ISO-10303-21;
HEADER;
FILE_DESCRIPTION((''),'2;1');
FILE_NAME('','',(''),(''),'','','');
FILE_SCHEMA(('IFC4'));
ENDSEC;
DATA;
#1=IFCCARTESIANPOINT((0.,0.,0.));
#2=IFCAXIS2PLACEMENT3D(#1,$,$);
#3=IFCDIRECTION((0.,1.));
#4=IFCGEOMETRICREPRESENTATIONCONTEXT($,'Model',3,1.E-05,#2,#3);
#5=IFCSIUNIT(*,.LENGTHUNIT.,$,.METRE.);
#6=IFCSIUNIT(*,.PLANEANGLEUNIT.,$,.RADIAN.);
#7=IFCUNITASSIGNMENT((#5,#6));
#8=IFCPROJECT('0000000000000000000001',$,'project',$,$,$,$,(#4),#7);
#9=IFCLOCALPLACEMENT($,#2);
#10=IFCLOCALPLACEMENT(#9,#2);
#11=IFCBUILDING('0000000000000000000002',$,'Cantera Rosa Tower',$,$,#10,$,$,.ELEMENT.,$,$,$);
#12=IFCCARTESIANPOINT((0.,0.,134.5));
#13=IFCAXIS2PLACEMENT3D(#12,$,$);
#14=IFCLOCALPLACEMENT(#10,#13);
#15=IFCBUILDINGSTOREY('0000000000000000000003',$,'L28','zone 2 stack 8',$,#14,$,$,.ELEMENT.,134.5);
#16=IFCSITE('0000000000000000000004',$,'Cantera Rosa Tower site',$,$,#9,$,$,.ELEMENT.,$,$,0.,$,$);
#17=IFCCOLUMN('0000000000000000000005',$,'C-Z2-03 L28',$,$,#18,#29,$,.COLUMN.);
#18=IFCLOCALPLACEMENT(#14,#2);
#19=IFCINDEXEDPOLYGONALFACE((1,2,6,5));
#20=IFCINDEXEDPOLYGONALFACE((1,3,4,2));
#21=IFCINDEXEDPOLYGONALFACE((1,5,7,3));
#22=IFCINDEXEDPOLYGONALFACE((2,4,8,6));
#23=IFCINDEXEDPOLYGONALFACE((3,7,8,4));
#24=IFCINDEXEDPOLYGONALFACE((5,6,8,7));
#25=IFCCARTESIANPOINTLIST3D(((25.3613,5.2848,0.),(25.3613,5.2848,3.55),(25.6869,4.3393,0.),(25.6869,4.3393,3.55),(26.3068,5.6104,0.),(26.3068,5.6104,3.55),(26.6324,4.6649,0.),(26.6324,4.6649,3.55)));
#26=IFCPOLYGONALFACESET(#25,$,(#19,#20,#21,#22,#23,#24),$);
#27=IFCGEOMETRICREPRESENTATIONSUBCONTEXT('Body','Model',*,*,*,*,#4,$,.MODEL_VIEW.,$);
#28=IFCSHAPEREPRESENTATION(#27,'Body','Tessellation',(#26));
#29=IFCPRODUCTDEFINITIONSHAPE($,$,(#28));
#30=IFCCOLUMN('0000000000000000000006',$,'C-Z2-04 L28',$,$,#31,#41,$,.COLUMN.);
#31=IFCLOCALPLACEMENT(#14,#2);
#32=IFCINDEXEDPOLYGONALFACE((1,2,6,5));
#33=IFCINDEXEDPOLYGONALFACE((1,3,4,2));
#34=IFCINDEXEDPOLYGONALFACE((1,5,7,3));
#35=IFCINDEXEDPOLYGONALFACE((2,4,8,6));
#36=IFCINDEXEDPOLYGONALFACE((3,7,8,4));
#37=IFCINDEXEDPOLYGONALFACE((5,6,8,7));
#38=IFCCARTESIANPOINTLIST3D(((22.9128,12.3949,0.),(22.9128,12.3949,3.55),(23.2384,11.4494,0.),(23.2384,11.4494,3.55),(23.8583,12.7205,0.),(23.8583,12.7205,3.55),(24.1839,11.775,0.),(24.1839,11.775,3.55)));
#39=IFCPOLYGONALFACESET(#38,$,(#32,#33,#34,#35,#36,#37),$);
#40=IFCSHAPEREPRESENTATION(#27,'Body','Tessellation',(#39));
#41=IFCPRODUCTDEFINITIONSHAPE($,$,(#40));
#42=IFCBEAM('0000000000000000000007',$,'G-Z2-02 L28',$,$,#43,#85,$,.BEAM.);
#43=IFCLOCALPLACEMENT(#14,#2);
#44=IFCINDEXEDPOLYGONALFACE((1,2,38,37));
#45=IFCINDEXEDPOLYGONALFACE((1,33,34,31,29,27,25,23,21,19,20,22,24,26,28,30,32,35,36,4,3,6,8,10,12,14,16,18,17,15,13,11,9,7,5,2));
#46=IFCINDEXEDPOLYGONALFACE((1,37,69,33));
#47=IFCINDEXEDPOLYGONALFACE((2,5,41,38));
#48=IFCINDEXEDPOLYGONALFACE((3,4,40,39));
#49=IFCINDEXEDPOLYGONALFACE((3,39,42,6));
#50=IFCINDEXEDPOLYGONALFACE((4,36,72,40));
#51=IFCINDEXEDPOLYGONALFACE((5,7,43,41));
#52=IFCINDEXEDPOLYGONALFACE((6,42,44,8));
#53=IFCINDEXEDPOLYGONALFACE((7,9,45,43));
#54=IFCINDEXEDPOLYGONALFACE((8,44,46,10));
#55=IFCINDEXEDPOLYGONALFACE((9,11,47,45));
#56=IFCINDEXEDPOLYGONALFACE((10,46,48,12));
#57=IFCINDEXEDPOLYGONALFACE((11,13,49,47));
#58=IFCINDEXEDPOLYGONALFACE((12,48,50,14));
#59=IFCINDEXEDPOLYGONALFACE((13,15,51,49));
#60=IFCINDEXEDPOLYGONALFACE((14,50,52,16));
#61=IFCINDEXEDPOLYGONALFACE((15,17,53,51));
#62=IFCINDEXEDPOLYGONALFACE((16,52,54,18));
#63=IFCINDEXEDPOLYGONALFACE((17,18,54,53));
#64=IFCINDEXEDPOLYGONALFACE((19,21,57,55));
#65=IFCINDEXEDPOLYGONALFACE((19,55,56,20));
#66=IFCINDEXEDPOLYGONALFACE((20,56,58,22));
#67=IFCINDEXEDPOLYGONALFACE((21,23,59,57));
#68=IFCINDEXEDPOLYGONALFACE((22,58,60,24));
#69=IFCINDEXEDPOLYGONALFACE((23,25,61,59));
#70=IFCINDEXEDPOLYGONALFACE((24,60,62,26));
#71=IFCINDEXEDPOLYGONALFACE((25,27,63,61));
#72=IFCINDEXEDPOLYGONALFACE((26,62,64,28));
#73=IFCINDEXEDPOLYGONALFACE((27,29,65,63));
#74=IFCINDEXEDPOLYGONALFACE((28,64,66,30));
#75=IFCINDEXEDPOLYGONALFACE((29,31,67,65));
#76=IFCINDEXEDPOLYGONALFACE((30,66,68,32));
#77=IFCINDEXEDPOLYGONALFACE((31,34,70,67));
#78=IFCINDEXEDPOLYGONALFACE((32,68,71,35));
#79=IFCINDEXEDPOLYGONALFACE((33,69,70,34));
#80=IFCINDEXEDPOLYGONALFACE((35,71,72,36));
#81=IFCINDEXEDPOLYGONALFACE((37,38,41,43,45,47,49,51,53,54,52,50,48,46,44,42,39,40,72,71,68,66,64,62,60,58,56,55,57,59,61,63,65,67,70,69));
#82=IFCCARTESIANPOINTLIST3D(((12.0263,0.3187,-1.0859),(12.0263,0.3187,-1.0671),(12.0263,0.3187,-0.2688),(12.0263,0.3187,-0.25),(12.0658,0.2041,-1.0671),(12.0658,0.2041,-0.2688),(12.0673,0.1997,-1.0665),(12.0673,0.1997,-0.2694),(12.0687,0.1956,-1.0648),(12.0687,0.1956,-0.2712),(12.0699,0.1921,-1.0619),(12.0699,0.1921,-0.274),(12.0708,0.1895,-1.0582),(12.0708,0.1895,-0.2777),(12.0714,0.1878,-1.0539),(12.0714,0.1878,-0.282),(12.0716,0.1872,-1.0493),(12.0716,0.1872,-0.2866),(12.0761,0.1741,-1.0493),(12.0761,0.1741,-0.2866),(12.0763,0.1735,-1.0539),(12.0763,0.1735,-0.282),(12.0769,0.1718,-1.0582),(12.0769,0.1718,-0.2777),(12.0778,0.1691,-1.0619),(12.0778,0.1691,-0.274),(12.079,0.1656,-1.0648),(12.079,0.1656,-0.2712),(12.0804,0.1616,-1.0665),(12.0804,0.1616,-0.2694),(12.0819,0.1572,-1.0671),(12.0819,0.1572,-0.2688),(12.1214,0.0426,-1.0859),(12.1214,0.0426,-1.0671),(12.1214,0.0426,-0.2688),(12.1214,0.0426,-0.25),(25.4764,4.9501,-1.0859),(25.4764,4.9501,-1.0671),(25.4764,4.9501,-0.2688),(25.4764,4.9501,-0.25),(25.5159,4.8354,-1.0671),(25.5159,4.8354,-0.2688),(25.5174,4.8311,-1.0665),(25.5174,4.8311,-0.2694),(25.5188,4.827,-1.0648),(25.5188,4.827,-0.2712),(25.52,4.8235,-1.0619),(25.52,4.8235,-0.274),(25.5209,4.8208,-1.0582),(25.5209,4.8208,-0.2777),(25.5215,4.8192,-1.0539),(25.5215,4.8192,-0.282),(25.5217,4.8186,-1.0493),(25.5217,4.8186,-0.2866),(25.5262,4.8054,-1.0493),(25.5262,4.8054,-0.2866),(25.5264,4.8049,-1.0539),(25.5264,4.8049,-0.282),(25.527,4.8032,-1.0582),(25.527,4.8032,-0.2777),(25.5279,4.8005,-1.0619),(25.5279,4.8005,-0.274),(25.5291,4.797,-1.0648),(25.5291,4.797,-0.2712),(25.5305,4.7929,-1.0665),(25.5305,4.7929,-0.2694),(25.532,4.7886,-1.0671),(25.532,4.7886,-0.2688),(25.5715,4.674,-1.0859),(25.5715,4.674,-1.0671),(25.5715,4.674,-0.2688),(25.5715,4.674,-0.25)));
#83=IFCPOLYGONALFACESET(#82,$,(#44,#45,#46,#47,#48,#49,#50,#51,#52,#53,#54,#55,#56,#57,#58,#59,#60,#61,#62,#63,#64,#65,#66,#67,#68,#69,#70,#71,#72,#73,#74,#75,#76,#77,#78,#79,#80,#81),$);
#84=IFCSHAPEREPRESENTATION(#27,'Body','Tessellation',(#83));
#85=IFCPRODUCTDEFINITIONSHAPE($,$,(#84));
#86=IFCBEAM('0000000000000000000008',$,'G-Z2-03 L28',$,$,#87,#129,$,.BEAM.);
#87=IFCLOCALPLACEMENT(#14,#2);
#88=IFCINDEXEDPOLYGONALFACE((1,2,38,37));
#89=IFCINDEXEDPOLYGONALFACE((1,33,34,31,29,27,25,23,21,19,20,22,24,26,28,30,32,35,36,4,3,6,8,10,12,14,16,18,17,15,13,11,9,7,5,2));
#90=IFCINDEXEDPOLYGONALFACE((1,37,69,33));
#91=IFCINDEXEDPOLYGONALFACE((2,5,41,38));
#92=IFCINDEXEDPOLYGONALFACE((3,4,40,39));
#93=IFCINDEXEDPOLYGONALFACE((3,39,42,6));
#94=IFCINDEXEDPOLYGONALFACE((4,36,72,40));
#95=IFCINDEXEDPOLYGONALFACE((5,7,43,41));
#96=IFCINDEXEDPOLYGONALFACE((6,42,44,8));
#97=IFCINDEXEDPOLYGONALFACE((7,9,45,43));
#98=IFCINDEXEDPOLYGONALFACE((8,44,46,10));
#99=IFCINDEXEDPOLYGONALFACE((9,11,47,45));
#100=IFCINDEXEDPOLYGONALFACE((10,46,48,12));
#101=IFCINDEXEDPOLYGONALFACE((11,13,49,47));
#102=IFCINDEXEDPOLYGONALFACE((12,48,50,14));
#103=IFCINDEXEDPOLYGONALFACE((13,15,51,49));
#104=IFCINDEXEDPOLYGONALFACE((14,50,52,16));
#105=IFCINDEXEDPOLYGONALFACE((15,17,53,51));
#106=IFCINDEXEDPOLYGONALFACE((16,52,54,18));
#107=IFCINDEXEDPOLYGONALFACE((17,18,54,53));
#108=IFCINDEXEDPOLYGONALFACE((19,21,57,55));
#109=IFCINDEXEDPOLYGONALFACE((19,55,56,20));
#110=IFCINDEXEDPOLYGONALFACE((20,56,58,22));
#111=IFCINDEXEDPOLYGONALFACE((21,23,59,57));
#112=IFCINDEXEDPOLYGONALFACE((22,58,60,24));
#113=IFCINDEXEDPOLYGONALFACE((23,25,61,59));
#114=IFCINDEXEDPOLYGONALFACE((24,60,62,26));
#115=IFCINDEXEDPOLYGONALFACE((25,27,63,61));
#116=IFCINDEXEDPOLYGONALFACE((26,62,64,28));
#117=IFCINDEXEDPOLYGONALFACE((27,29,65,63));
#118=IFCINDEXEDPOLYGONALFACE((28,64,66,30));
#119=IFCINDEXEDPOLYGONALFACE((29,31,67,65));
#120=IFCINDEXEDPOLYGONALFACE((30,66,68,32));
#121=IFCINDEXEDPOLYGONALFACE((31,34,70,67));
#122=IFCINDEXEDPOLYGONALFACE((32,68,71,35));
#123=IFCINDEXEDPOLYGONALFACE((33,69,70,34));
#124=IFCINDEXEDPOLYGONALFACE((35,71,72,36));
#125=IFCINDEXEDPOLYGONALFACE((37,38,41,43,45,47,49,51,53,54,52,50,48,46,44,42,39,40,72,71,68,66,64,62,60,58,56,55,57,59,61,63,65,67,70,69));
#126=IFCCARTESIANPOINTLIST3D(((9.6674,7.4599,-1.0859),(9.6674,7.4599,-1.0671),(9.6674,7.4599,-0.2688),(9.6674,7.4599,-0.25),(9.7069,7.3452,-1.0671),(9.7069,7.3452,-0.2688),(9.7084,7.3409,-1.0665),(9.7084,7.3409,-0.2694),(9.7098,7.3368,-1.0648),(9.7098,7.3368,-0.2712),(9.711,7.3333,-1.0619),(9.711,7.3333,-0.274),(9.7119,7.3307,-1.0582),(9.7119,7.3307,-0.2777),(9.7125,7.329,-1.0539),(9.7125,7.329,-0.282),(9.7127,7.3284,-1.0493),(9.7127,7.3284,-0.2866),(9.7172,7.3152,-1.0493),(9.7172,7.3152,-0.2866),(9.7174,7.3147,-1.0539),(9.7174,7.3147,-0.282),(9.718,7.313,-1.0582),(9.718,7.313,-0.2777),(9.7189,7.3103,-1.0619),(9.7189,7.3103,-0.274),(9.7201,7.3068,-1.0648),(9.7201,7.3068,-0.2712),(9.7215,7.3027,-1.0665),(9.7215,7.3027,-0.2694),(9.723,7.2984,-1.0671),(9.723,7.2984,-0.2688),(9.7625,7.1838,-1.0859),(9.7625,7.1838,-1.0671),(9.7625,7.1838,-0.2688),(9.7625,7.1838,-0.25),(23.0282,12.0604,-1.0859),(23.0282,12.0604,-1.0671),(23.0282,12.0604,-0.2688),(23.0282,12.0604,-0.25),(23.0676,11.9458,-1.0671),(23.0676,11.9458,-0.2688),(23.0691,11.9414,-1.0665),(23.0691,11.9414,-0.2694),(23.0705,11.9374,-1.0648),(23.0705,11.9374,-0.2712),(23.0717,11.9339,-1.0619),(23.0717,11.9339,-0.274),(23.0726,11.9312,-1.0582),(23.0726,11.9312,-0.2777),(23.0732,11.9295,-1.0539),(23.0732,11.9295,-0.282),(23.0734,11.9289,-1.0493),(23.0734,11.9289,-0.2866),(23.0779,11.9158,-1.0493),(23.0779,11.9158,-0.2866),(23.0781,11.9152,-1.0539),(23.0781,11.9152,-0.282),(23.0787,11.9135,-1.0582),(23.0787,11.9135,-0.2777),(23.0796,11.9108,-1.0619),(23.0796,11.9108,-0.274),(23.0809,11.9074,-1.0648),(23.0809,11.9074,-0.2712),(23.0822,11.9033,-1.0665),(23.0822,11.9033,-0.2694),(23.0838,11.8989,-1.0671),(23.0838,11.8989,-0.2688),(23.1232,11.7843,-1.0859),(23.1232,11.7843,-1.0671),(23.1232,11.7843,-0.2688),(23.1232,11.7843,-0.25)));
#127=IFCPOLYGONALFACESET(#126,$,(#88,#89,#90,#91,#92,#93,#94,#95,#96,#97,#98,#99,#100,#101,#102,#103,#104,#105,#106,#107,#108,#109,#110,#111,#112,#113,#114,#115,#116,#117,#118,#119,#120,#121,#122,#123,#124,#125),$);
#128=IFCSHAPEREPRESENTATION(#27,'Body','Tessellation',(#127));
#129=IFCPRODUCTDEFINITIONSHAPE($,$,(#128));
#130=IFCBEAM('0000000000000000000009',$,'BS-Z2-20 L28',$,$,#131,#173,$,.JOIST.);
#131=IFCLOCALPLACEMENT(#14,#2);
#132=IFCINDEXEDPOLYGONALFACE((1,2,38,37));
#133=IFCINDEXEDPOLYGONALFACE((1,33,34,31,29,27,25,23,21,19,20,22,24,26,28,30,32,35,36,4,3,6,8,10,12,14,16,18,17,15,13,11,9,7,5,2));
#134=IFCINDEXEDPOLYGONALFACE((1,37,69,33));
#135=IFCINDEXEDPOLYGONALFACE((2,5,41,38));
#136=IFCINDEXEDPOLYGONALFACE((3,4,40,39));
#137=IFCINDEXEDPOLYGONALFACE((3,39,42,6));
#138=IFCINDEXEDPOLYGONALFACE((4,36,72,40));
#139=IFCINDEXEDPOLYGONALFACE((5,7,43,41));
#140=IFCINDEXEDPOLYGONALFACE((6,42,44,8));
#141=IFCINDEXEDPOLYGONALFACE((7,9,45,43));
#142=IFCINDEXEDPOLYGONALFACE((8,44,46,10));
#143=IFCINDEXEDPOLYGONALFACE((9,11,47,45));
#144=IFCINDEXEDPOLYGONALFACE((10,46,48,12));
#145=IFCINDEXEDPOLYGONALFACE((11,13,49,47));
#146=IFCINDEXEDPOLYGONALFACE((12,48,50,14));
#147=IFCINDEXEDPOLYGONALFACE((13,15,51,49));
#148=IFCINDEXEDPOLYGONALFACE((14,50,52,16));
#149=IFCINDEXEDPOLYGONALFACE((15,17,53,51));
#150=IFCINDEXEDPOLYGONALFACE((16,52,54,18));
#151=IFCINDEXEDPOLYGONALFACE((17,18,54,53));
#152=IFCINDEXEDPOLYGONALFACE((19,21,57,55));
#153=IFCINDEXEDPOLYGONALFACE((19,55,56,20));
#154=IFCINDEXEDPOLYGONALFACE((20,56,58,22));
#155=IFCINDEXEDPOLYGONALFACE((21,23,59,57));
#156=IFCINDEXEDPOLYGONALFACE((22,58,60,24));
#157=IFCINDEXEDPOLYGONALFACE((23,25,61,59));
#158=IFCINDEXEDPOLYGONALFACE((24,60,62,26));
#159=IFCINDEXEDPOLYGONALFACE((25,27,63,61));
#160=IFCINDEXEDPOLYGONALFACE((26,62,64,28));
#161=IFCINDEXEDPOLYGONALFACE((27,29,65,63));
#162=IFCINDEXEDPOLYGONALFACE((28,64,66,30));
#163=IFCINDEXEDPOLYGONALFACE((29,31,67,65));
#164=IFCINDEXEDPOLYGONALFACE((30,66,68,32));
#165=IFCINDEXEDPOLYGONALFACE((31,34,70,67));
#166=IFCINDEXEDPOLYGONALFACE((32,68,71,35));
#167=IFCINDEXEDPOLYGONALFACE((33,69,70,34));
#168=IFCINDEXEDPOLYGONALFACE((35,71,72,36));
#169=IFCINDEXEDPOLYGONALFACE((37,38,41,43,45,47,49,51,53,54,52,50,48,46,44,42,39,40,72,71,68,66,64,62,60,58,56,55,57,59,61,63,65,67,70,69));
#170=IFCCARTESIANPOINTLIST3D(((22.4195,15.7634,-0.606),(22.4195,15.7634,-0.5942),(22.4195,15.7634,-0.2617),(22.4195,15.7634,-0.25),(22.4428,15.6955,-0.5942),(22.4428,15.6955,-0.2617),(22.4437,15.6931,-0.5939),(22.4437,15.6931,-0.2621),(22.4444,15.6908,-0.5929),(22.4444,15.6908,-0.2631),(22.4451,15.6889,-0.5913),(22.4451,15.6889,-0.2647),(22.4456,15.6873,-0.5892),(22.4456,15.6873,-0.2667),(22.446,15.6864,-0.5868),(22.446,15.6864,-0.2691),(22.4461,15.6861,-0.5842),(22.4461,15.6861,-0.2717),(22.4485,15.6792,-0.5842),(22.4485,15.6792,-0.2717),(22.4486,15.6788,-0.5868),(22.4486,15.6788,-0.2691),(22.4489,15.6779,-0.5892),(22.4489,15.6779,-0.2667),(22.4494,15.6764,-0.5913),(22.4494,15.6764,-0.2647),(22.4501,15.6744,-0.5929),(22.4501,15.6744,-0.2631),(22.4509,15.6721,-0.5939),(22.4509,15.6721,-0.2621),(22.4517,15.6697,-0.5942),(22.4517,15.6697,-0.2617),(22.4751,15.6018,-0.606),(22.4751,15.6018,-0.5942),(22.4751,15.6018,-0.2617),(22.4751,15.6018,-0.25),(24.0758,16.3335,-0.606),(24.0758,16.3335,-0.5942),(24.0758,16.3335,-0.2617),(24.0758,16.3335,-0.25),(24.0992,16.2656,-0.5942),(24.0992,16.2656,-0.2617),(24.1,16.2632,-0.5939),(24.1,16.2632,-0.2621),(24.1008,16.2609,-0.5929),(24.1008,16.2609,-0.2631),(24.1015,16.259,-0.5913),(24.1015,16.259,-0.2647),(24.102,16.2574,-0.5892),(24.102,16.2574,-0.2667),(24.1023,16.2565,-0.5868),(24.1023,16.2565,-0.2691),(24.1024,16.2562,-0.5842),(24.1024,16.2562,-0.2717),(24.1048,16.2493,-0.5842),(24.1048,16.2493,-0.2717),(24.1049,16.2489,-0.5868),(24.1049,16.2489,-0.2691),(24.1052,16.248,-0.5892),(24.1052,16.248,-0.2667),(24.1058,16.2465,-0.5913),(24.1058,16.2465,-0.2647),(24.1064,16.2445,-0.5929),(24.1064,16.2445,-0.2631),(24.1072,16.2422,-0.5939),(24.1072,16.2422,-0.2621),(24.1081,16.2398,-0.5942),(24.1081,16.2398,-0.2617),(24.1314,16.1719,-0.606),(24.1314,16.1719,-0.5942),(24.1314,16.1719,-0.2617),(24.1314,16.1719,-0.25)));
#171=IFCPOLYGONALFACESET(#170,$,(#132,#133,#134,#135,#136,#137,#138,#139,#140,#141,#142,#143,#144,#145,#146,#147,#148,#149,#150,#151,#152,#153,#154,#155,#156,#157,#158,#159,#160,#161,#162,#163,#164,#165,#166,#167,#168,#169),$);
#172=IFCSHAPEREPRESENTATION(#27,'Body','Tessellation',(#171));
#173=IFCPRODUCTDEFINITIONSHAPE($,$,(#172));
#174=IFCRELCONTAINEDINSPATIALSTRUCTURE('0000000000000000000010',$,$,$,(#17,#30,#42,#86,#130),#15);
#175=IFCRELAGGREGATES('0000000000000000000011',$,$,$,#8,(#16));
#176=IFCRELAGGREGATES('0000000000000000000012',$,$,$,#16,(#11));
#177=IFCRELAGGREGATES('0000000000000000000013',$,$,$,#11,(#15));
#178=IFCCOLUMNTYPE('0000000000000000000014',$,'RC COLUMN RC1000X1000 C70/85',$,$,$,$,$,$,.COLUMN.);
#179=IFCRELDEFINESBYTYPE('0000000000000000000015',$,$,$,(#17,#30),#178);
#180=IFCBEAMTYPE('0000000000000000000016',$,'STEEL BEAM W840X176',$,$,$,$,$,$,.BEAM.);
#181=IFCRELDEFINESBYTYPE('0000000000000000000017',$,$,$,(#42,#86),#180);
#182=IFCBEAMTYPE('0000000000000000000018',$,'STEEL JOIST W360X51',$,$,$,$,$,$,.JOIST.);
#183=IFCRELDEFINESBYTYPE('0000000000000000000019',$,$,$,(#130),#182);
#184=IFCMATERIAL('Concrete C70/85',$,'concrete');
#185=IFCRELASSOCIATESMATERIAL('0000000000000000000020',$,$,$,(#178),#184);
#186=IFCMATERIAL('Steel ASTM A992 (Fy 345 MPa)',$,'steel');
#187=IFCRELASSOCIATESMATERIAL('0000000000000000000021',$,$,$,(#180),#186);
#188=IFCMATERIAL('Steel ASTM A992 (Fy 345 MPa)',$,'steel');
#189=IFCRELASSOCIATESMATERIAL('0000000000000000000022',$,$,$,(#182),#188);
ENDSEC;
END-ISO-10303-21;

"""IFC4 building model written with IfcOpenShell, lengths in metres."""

from ifc_helpers import new_model, si_unit, direction, frame, origin, origin_2d, place, context, subcontext, project, spatial, rectangle, i_section, extrude, material, material_profile, profile_set, type_object, element, save


model = new_model("IFC4")

# Units and contexts
model_context = context("Model", 3, precision=1e-05, world=origin(), true_north=direction((0.0, 1.0)))
body_context = subcontext(model_context, "Body", "Model", "MODEL_VIEW")
ifc_project = project(units=[si_unit("LENGTHUNIT", "METRE"), si_unit("PLANEANGLEUNIT", "RADIAN")], contexts=[model_context])

# Site, building, storey
site_placement = place(None, origin())
site = spatial("IfcSite", under=ifc_project, at=site_placement, Name="Cantera Rosa Tower site", CompositionType="ELEMENT", RefElevation=0.0)
building_placement = place(site_placement, origin())
building = spatial("IfcBuilding", under=site, at=building_placement, Name="Cantera Rosa Tower", CompositionType="ELEMENT")
storey_placement = place(building_placement, frame((0.0, 0.0, 134.5)))
storey = spatial("IfcBuildingStorey", under=building, at=storey_placement, Name="L28", Description="zone 2 stack 8", CompositionType="ELEMENT", Elevation=134.5)

# Columns
ifc_material_1 = material(Name="Concrete C70/85", Category="concrete")
ifc_material_profile_1 = material_profile(ifc_material_1, rectangle(XDim=1.0, YDim=1.0, at=origin_2d()), Name="RC COLUMN RC1000X1000 C70/85")
ifc_profile_set_1 = profile_set([ifc_material_profile_1], Name="Concrete C70/85")
column_type = type_object("IfcColumnType", Name="RC COLUMN RC1000X1000 C70/85", PredefinedType="COLUMN", material=ifc_profile_set_1)
for number, where, z_axis, x_axis, name in (
    (1, (25.9968, 4.9749, 0.0), (0.0, 0.0, 1.0), (0.945519, 0.325568, 0.0), "C-Z2-03 L28"),
    (2, (23.5483, 12.085, 0.0), (0.0, 0.0, 1.0), (0.945519, 0.325568, 0.0), "C-Z2-04 L28"),
):
    element("IfcColumn", number, at=place(storey_placement, frame(where, z_axis=z_axis, x_axis=x_axis)), inside=storey, type_object=column_type, Name=name, PredefinedType="COLUMN", context=body_context, shape_type="SweptSolid", body=[
        extrude(rectangle(XDim=1.0, YDim=1.0, at=origin_2d()), origin(), (0.0, 0.0, 1.0), 3.55),
    ])

# Beams
ifc_material_2 = material(Name="Steel ASTM A992 (Fy 345 MPa)", Category="steel")
ifc_material_profile_2 = material_profile(ifc_material_2, i_section(OverallWidth=0.292, OverallDepth=0.8359, WebThickness=0.0139, FlangeThickness=0.0188, FilletRadius=0.0178, at=origin_2d()), Name="W840X176")
ifc_profile_set_2 = profile_set([ifc_material_profile_2], Name="Steel ASTM A992 (Fy 345 MPa)")
beam_type_1 = type_object("IfcBeamType", Name="STEEL BEAM W840X176", PredefinedType="BEAM", material=ifc_profile_set_2)
beam_1_placement = place(storey_placement, frame((25.5239, 4.812, -0.668), z_axis=(-0.945515, -0.325578, 0.0), x_axis=(0.325578, -0.945515, 0.0)))
element("IfcBeam", 3, at=beam_1_placement, inside=storey, type_object=beam_type_1, Name="G-Z2-02 L28", PredefinedType="BEAM", context=body_context, shape_type="SweptSolid", body=[
    extrude(i_section(OverallWidth=0.292, OverallDepth=0.8359, WebThickness=0.0139, FlangeThickness=0.0188, FilletRadius=0.0178, at=origin_2d()), origin(), (0.0, 0.0, 1.0), 14.2251),
])
beam_2_placement = place(storey_placement, frame((23.0757, 11.9224, -0.668), z_axis=(-0.945517, -0.325573, 0.0), x_axis=(0.325573, -0.945517, 0.0)))
element("IfcBeam", 4, at=beam_2_placement, inside=storey, type_object=beam_type_1, Name="G-Z2-03 L28", PredefinedType="BEAM", context=body_context, shape_type="SweptSolid", body=[
    extrude(i_section(OverallWidth=0.292, OverallDepth=0.8359, WebThickness=0.0139, FlangeThickness=0.0188, FilletRadius=0.0178, at=origin_2d()), origin(), (0.0, 0.0, 1.0), 14.1306),
])
ifc_material_3 = material(Name="Steel ASTM A992 (Fy 345 MPa)", Category="steel")
ifc_material_profile_3 = material_profile(ifc_material_3, i_section(OverallWidth=0.1709, OverallDepth=0.356, WebThickness=0.0073, FlangeThickness=0.0117, FilletRadius=0.01, at=origin_2d()), Name="W360X51")
ifc_profile_set_3 = profile_set([ifc_material_profile_3], Name="Steel ASTM A992 (Fy 345 MPa)")
beam_type_2 = type_object("IfcBeamType", Name="STEEL JOIST W360X51", PredefinedType="JOIST", material=ifc_profile_set_3)
beam_3_placement = place(storey_placement, frame((22.4473, 15.6826, -0.428), z_axis=(0.945558, 0.325454, 0.0), x_axis=(-0.325454, 0.945558, 0.0)))
element("IfcBeam", 5, at=beam_3_placement, inside=storey, type_object=beam_type_2, Name="BS-Z2-20 L28", PredefinedType="JOIST", context=body_context, shape_type="SweptSolid", body=[
    extrude(i_section(OverallWidth=0.1709, OverallDepth=0.356, WebThickness=0.0073, FlangeThickness=0.0117, FilletRadius=0.01, at=origin_2d()), origin(), (0.0, 0.0, 1.0), 1.7517),
])

save(model, "model.ifc")
